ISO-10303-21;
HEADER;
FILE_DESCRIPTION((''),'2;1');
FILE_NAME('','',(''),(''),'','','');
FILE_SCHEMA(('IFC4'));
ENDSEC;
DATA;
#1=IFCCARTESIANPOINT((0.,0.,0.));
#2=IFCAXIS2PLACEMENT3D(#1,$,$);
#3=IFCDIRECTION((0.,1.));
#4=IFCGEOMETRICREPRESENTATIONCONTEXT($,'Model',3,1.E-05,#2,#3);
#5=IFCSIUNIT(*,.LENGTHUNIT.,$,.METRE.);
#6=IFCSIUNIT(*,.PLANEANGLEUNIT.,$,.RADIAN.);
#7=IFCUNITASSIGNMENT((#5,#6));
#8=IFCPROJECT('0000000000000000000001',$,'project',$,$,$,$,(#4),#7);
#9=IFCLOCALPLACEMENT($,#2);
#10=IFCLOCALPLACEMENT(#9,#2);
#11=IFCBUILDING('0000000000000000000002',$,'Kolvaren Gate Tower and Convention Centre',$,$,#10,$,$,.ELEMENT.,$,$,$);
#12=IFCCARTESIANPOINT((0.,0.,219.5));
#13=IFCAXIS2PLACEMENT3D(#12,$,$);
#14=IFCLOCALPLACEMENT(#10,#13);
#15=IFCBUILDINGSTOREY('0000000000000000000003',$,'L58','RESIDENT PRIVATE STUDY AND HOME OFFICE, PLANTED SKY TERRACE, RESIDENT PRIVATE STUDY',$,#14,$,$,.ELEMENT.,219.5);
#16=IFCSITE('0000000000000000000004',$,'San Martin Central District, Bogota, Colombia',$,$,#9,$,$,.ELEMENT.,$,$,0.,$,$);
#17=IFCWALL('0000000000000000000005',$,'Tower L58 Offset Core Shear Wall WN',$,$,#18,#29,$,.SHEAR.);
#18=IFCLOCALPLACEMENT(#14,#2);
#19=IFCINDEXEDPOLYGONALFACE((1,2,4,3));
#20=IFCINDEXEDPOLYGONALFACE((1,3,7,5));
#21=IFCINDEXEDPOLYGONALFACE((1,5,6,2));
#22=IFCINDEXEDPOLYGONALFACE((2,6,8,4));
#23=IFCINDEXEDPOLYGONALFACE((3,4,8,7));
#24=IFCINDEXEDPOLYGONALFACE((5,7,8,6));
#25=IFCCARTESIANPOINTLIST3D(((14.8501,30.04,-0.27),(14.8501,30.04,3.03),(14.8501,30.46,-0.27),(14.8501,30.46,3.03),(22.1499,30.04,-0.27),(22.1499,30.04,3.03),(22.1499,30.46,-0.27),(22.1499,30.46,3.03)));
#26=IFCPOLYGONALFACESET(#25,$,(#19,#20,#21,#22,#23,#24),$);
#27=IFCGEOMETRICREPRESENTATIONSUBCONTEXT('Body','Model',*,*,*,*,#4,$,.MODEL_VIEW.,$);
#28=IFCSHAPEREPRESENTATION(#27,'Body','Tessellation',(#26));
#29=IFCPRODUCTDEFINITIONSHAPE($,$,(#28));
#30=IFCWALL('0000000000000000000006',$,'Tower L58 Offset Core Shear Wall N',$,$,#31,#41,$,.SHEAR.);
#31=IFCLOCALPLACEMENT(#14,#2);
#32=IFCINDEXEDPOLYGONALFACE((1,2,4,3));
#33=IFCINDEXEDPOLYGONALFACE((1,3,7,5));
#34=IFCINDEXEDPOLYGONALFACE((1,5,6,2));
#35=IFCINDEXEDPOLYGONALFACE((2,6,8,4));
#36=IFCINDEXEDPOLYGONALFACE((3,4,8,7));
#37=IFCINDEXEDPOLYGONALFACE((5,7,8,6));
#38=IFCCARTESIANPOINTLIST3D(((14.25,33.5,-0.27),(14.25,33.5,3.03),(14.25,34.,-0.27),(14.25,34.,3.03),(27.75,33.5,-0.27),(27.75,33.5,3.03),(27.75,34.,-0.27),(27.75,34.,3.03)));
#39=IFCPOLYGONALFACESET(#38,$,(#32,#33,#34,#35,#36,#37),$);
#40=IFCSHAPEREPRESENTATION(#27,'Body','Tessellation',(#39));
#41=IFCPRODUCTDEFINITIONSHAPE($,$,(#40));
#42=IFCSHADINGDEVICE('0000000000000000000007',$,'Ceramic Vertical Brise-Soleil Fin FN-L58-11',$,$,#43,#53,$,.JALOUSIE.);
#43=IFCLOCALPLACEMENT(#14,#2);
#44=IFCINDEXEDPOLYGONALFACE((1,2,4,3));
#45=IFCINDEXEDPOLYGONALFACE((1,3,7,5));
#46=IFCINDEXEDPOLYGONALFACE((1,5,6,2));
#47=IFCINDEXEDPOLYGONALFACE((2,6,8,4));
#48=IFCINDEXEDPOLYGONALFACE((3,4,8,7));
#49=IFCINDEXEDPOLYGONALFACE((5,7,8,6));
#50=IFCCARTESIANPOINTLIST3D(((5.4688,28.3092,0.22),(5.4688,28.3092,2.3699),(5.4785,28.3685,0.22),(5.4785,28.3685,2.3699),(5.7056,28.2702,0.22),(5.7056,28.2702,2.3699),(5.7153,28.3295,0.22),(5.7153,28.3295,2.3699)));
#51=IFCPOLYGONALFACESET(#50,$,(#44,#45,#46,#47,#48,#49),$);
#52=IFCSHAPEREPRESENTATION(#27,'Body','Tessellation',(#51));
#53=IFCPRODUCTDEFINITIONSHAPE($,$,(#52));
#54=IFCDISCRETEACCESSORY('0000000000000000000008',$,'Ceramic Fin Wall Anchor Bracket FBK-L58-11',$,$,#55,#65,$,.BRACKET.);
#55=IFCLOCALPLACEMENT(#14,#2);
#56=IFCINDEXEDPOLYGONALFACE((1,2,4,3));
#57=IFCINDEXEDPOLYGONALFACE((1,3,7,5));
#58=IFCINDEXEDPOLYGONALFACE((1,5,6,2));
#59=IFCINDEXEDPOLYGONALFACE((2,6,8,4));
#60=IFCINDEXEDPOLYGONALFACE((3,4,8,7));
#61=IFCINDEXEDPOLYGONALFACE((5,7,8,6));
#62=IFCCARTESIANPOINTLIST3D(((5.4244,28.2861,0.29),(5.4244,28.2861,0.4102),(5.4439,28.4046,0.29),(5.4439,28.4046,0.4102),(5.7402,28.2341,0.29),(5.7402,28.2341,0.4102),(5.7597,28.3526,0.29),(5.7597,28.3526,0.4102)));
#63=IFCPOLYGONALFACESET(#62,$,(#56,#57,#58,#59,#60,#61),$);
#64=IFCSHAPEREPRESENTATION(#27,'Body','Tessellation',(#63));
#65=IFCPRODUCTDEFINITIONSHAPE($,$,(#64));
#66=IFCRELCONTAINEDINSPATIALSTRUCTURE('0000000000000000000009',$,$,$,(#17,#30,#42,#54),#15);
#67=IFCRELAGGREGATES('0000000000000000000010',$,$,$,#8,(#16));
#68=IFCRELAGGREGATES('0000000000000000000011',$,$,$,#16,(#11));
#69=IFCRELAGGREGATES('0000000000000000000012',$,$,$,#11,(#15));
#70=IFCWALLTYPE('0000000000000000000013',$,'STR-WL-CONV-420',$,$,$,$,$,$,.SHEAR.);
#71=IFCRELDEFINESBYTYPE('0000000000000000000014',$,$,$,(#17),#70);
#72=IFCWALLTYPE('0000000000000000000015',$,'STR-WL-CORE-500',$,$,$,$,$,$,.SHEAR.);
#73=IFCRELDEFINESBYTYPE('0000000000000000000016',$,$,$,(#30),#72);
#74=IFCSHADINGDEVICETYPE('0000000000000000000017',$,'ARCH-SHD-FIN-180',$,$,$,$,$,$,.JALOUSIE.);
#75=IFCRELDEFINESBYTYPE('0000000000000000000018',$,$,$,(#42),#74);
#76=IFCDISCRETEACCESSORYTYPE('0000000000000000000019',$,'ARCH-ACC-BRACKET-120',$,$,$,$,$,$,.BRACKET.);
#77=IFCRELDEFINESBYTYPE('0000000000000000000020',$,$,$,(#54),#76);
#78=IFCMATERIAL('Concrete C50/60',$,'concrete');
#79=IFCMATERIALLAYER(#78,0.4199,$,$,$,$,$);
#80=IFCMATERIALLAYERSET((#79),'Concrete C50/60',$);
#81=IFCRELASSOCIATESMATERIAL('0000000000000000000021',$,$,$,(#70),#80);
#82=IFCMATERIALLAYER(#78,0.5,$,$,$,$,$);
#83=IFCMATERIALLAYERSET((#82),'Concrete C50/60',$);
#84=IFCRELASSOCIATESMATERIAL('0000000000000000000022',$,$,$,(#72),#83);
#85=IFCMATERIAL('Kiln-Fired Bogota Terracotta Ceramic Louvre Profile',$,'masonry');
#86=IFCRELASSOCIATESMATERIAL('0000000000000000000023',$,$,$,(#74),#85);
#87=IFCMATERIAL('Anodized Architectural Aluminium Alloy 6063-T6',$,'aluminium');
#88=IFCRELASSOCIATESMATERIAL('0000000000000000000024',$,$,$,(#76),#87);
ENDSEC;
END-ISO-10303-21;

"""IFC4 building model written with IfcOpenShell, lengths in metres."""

from ifc_helpers import new_model, si_unit, direction, frame, frame_2d, origin, origin_2d, place, context, subcontext, project, spatial, rectangle, extrude, material, layer, layer_set, type_object, element, save


model = new_model("IFC4")

# Units and contexts
model_context = context("Model", 3, precision=1e-05, world=origin(), true_north=direction((0.0, 1.0)))
body_context = subcontext(model_context, "Body", "Model", "MODEL_VIEW")
ifc_project = project(units=[si_unit("LENGTHUNIT", "METRE"), si_unit("PLANEANGLEUNIT", "RADIAN")], contexts=[model_context])

# Site, building, storey
site_placement = place(None, origin())
site = spatial("IfcSite", under=ifc_project, at=site_placement, Name="San Martin Central District, Bogota, Colombia", CompositionType="ELEMENT", RefElevation=0.0)
building_placement = place(site_placement, origin())
building = spatial("IfcBuilding", under=site, at=building_placement, Name="Kolvaren Gate Tower and Convention Centre", CompositionType="ELEMENT")
storey_placement = place(building_placement, frame((0.0, 0.0, 219.5)))
storey = spatial("IfcBuildingStorey", under=building, at=storey_placement, Name="L58", Description="RESIDENT PRIVATE STUDY AND HOME OFFICE, PLANTED SKY TERRACE, RESIDENT PRIVATE STUDY", CompositionType="ELEMENT", Elevation=219.5)

# Shared definitions
ifc_material_1 = material(Name="Anodized Architectural Aluminium Alloy 6063-T6", Category="aluminium")

# Walls
ifc_material_2 = material(Name="Concrete C50/60", Category="concrete")
ifc_layer_1 = layer(ifc_material_2, 0.4199)
ifc_layer_set_1 = layer_set([ifc_layer_1], Name="Concrete C50/60")
wall_type_1 = type_object("IfcWallType", Name="STR-WL-CONV-420", PredefinedType="SHEAR", material=ifc_layer_set_1)
wall_1_placement = place(storey_placement, frame((14.8501, 30.25, -0.27), z_axis=(0.0, 0.0, 1.0), x_axis=(1.0, 0.0, 0.0)))
element("IfcWall", 1, at=wall_1_placement, inside=storey, type_object=wall_type_1, Name="Tower L58 Offset Core Shear Wall WN", PredefinedType="SHEAR", context=body_context, shape_type="SweptSolid", body=[
    extrude(rectangle(XDim=7.2998, YDim=0.4199, at=frame_2d((3.6499, 0.0))), origin(), (0.0, 0.0, 1.0), 3.3),
])
ifc_layer_2 = layer(ifc_material_2, 0.5)
ifc_layer_set_2 = layer_set([ifc_layer_2], Name="Concrete C50/60")
wall_type_2 = type_object("IfcWallType", Name="STR-WL-CORE-500", PredefinedType="SHEAR", material=ifc_layer_set_2)
wall_2_placement = place(storey_placement, frame((14.25, 33.75, -0.27), z_axis=(0.0, 0.0, 1.0), x_axis=(1.0, 0.0, 0.0)))
element("IfcWall", 2, at=wall_2_placement, inside=storey, type_object=wall_type_2, Name="Tower L58 Offset Core Shear Wall N", PredefinedType="SHEAR", context=body_context, shape_type="SweptSolid", body=[
    extrude(rectangle(XDim=13.5, YDim=0.5, at=frame_2d((6.75, 0.0))), origin(), (0.0, 0.0, 1.0), 3.3),
])

# Shading device
ifc_material_3 = material(Name="Kiln-Fired Bogota Terracotta Ceramic Louvre Profile", Category="masonry")
shading_device_type = type_object("IfcShadingDeviceType", Name="ARCH-SHD-FIN-180", PredefinedType="JALOUSIE", material=ifc_material_3)
shading_device_placement = place(storey_placement, frame((5.592, 28.3193, 0.22), z_axis=(0.0, 0.0, 1.0), x_axis=(0.162375, 0.986729, 0.0)))
element("IfcShadingDevice", 3, at=shading_device_placement, inside=storey, type_object=shading_device_type, Name="Ceramic Vertical Brise-Soleil Fin FN-L58-11", PredefinedType="JALOUSIE", context=body_context, shape_type="SweptSolid", body=[
    extrude(rectangle(XDim=0.0601, YDim=0.24, at=origin_2d()), origin(), (0.0, 0.0, 1.0), 2.1499),
])

# Discrete accessory
discrete_accessory_type = type_object("IfcDiscreteAccessoryType", Name="ARCH-ACC-BRACKET-120", PredefinedType="BRACKET", material=ifc_material_1)
discrete_accessory_placement = place(storey_placement, frame((5.592, 28.3193, 0.29), z_axis=(0.0, 0.0, 1.0), x_axis=(0.162375, 0.986729, 0.0)))
element("IfcDiscreteAccessory", 4, at=discrete_accessory_placement, inside=storey, type_object=discrete_accessory_type, Name="Ceramic Fin Wall Anchor Bracket FBK-L58-11", PredefinedType="BRACKET", context=body_context, shape_type="SweptSolid", body=[
    extrude(rectangle(XDim=0.1201, YDim=0.3201, at=origin_2d()), origin(), (0.0, 0.0, 1.0), 0.1201),
])

save(model, "model.ifc")
